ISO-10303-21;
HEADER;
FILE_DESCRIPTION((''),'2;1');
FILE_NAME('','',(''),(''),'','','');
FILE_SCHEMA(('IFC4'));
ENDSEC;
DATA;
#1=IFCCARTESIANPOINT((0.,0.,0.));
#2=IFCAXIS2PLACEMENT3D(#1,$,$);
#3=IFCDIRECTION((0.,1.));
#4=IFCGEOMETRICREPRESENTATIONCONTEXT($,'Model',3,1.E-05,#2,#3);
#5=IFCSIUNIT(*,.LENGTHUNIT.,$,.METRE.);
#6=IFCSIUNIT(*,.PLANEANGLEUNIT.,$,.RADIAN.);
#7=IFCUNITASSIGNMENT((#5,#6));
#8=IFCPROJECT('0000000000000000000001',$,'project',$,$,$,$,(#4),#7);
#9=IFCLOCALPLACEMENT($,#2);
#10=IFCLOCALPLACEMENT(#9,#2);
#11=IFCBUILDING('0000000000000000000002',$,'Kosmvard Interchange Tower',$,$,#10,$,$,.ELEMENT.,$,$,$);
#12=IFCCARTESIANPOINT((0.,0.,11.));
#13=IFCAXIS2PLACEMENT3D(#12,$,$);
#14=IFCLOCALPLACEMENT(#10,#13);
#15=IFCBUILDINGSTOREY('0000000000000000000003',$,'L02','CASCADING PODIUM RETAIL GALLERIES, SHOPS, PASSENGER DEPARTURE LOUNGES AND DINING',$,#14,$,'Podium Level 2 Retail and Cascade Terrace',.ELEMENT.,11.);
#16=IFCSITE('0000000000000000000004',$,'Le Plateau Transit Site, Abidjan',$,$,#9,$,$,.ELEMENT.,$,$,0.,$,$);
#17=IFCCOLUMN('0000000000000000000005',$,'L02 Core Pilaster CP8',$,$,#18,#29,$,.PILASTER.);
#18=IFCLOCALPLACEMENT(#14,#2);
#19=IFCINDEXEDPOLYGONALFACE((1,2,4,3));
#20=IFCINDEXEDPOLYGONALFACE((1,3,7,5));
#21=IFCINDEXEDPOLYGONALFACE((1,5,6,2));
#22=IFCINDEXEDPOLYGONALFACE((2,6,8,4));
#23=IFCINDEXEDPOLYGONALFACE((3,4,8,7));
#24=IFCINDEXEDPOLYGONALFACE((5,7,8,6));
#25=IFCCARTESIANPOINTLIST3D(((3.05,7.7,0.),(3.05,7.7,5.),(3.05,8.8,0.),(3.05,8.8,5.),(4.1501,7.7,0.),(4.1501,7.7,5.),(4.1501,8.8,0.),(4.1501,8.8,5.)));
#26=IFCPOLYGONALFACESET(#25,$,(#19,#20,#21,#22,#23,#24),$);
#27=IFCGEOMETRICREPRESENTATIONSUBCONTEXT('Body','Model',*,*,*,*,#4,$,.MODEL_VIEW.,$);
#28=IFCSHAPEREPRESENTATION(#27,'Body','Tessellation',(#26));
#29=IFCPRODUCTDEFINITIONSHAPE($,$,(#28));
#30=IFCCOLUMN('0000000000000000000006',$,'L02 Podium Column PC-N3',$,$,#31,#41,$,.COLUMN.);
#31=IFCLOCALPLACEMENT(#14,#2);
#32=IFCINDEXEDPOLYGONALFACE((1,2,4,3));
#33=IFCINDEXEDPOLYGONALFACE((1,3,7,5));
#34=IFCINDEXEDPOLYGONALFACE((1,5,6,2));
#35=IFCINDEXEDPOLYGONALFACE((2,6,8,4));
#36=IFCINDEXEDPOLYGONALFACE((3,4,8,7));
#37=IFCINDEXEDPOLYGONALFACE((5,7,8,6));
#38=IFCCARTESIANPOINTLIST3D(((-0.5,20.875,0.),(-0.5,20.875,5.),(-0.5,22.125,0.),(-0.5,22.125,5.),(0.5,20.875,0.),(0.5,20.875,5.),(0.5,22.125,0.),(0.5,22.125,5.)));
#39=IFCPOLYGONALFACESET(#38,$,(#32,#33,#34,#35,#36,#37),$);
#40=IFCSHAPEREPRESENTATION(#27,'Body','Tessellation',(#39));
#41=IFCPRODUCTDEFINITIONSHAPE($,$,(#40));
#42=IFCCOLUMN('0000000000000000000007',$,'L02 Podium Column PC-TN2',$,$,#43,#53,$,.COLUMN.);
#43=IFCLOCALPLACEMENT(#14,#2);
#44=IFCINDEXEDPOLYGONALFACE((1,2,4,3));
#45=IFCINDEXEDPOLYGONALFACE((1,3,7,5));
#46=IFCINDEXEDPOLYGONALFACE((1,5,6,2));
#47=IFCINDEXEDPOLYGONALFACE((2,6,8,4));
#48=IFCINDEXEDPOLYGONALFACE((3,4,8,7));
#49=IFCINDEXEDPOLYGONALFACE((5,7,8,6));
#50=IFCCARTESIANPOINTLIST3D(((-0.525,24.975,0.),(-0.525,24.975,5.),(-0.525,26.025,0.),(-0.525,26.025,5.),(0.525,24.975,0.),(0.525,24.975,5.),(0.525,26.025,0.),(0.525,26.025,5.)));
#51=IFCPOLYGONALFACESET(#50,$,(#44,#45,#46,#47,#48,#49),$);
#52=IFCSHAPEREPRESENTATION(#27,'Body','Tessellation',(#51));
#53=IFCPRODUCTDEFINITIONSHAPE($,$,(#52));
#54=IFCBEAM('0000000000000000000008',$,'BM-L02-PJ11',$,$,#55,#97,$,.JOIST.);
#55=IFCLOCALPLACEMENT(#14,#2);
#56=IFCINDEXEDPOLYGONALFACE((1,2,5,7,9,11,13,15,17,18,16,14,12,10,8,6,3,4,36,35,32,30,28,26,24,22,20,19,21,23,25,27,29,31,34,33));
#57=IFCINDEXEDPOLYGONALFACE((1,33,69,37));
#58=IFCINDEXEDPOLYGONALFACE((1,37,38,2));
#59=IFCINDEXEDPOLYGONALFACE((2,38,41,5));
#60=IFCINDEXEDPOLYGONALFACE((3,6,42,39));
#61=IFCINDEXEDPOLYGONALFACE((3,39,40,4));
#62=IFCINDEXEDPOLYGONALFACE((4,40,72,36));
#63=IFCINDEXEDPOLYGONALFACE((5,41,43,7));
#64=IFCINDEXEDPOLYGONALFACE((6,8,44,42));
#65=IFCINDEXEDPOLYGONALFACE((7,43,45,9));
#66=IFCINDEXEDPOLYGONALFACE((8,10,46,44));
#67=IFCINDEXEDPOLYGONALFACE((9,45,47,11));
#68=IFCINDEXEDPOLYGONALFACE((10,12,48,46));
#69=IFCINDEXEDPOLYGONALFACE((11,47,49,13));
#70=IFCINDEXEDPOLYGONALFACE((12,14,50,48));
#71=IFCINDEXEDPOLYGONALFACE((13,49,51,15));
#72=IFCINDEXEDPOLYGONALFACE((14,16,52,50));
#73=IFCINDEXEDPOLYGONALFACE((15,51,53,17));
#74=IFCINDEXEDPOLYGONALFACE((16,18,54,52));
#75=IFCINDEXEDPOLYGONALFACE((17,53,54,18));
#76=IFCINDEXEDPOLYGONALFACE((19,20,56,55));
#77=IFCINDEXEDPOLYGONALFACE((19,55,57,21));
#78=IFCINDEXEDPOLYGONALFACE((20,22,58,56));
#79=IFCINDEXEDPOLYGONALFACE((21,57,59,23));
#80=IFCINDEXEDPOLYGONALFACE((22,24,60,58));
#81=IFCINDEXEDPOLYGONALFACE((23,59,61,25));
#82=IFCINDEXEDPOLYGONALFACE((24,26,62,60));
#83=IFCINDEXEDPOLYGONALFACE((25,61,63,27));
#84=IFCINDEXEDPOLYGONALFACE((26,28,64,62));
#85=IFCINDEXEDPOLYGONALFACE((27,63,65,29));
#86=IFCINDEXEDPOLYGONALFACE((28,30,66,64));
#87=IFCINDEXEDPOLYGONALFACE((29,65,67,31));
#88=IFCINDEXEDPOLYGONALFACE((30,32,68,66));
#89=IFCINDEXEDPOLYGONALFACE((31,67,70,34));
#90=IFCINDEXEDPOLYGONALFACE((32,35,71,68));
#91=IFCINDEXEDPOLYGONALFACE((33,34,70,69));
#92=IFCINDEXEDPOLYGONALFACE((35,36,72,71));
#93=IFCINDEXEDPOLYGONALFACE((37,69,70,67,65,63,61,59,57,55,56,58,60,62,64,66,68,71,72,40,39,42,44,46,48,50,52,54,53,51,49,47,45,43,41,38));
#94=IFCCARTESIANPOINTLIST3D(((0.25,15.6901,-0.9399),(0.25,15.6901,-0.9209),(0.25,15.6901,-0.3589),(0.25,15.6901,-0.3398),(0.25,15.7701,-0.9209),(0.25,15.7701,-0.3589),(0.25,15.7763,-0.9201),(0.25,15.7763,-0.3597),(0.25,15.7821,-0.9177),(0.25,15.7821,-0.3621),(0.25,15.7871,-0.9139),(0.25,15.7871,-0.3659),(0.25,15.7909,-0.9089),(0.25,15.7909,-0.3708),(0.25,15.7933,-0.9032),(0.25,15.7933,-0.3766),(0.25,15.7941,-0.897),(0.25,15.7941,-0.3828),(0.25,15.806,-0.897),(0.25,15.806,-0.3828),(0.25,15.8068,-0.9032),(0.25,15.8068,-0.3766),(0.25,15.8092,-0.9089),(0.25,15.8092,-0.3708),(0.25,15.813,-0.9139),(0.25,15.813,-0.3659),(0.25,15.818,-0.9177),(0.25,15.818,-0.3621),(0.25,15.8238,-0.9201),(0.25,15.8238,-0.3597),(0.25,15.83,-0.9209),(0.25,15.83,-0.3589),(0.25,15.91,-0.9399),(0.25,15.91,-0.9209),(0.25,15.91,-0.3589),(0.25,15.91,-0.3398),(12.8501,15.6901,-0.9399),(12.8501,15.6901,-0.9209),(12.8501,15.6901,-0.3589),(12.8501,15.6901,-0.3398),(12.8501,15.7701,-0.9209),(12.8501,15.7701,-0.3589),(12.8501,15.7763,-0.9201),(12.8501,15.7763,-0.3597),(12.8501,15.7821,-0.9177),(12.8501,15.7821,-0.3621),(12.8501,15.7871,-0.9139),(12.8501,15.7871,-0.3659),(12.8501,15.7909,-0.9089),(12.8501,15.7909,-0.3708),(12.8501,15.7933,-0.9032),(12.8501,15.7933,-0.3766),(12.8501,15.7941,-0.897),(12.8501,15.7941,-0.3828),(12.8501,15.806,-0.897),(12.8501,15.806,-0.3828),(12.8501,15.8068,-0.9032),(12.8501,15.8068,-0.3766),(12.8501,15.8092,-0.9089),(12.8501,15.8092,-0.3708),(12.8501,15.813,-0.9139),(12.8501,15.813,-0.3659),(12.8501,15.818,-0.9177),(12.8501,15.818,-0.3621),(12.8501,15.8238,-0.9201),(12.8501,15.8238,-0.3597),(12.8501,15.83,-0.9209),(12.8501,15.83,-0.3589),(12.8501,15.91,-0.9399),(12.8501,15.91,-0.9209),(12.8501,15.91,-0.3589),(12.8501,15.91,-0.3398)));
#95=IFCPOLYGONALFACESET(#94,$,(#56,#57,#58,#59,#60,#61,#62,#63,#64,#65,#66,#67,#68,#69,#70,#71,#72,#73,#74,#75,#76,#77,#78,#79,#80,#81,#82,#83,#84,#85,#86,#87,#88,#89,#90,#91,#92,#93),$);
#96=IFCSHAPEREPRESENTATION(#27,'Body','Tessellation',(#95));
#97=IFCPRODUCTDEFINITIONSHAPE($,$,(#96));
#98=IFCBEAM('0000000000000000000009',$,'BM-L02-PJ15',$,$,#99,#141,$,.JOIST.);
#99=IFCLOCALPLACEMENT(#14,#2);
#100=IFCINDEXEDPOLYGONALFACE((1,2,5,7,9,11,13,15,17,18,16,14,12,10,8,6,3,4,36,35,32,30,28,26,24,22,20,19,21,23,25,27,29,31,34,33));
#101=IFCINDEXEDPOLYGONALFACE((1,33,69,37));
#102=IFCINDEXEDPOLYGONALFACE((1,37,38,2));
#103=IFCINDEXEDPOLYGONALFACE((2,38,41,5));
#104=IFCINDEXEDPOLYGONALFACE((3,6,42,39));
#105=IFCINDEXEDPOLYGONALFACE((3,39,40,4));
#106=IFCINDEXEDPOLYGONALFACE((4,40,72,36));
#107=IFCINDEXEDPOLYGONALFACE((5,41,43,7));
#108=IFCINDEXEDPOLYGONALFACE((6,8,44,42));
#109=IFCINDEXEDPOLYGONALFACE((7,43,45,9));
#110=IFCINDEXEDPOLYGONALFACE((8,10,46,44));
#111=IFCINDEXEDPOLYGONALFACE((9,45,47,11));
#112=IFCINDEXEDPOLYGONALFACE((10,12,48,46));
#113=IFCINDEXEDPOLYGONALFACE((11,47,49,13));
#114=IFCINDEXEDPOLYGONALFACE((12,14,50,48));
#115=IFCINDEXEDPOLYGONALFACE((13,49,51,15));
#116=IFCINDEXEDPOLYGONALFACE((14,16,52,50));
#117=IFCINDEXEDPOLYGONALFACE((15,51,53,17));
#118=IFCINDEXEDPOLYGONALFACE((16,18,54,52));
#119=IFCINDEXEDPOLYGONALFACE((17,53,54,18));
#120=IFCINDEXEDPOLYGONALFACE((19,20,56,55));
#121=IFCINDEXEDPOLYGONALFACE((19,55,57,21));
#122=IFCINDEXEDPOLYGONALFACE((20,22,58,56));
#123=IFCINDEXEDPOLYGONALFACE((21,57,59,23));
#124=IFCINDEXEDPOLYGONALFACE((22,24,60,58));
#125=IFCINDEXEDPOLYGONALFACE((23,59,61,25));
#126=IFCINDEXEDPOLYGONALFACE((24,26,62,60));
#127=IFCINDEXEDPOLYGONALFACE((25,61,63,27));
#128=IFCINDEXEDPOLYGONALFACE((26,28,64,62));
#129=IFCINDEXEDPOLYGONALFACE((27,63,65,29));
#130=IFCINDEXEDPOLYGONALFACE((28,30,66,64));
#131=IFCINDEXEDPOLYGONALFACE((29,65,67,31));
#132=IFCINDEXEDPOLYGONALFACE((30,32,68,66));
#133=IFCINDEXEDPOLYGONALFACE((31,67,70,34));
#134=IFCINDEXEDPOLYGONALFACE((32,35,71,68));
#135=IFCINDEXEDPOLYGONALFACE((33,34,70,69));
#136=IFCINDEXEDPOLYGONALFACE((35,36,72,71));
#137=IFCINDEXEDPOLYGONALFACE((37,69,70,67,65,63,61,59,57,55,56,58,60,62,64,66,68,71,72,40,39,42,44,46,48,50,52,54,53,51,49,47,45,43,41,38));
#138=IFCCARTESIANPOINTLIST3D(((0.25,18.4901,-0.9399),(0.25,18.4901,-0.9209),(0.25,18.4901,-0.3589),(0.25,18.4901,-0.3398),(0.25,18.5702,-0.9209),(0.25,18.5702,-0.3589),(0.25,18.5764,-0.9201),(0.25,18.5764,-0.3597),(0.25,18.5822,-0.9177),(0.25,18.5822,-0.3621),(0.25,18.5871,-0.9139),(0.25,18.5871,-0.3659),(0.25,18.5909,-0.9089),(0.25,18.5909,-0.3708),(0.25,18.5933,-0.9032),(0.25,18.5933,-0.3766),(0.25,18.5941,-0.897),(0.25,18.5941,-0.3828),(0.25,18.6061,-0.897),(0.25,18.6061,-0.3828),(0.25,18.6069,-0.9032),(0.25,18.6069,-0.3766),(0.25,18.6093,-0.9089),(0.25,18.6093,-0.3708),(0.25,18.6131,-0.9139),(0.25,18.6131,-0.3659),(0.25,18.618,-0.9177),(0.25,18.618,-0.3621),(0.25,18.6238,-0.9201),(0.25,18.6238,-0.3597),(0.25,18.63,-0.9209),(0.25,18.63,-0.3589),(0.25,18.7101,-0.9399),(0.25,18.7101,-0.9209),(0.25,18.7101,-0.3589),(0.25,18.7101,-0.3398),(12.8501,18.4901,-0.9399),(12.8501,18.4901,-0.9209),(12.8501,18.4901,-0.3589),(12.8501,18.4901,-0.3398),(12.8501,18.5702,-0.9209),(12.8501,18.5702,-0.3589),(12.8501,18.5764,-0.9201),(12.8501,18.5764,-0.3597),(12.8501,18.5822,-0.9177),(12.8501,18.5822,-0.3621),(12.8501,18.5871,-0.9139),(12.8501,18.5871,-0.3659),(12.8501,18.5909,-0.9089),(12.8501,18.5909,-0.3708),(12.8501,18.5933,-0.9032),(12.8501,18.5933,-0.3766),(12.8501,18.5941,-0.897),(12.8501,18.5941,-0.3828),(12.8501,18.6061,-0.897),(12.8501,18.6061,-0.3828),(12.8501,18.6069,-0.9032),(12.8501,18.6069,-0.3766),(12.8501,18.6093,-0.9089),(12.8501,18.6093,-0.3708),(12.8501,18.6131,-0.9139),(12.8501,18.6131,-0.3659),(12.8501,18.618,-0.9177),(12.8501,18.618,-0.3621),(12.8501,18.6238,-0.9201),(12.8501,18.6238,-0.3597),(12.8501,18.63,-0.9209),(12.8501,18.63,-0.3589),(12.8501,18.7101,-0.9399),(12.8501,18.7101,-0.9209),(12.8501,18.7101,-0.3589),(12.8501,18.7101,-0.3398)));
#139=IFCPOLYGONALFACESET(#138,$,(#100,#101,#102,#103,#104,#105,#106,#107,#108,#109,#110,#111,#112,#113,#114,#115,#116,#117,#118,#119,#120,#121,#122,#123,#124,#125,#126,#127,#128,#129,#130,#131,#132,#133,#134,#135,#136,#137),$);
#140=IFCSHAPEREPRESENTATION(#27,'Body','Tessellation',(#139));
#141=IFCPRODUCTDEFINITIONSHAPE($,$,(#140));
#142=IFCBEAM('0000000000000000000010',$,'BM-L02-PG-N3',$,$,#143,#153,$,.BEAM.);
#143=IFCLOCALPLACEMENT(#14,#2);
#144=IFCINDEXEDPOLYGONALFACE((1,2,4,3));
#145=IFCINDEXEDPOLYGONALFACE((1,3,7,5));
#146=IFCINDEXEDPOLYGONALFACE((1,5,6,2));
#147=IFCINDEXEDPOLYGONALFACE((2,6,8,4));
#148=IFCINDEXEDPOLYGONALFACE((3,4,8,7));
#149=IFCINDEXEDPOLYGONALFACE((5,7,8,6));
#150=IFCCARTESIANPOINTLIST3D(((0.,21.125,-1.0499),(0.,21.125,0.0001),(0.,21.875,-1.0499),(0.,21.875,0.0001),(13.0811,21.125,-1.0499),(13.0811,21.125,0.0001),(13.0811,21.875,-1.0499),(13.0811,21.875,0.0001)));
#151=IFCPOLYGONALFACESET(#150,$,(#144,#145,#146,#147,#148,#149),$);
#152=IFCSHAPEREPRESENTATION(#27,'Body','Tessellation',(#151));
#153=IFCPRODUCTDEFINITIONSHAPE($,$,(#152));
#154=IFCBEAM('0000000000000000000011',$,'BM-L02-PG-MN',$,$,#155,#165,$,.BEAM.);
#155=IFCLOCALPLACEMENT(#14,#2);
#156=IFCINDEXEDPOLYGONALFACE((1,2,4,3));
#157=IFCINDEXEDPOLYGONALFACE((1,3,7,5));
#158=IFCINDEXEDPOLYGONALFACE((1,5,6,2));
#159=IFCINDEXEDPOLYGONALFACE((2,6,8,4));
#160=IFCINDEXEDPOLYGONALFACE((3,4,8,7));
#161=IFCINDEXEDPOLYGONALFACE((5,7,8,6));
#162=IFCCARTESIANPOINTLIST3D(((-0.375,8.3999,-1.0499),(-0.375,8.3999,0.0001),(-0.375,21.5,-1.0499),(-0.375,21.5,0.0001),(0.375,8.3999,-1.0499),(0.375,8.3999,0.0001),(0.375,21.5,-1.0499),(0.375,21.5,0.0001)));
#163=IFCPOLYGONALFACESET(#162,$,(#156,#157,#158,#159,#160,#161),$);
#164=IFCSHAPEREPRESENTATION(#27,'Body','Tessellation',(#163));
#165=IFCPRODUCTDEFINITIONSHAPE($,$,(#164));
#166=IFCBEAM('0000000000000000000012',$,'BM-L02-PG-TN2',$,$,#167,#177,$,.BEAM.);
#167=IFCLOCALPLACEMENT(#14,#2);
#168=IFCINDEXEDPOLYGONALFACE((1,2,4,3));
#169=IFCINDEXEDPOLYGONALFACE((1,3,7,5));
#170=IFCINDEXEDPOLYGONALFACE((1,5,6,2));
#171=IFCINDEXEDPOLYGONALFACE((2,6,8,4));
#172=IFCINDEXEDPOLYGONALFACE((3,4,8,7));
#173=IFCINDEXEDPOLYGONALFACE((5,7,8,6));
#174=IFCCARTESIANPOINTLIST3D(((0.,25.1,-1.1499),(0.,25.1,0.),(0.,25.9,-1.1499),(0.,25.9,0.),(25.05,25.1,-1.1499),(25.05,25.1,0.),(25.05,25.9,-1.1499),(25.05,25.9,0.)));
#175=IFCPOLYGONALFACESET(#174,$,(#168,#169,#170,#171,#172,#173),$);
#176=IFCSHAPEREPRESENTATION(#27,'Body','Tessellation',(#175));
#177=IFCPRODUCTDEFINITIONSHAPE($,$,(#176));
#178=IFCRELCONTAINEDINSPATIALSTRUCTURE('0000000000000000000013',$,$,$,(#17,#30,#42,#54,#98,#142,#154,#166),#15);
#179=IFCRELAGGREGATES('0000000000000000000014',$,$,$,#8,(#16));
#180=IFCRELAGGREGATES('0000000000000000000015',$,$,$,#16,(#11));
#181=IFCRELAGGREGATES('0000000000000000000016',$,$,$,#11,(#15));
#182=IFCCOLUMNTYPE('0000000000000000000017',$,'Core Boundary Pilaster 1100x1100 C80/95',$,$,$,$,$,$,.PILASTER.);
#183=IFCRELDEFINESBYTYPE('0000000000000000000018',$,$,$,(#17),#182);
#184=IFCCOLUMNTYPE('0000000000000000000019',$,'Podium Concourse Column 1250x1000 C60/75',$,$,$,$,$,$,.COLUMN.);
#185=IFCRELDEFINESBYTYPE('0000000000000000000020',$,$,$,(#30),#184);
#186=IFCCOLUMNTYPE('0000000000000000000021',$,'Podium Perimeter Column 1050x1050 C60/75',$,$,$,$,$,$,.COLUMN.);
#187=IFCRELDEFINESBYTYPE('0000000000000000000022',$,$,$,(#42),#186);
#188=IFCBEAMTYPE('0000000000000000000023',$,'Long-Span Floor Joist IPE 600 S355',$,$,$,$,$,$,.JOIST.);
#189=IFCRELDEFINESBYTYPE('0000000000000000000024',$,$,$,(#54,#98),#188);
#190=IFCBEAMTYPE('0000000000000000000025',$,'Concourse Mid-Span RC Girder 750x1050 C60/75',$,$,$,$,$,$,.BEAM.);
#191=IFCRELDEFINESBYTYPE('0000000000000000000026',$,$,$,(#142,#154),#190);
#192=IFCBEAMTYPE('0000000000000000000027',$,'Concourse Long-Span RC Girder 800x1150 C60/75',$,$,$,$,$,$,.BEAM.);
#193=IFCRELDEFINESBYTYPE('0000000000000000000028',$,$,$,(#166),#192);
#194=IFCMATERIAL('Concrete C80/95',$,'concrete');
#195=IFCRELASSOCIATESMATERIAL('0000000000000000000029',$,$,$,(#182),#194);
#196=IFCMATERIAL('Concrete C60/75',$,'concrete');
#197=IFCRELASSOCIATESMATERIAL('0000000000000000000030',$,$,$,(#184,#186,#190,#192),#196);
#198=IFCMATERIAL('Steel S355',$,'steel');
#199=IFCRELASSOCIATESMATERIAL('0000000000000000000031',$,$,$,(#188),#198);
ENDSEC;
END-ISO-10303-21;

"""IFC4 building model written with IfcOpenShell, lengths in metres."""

from ifc_helpers import new_model, si_unit, direction, frame, origin, origin_2d, place, context, subcontext, project, spatial, rectangle, i_section, extrude, source, transform, mapped, material, material_profile, profile_set, type_object, element, save


model = new_model("IFC4")

# Units and contexts
model_context = context("Model", 3, precision=1e-05, world=origin(), true_north=direction((0.0, 1.0)))
body_context = subcontext(model_context, "Body", "Model", "MODEL_VIEW")
ifc_project = project(units=[si_unit("LENGTHUNIT", "METRE"), si_unit("PLANEANGLEUNIT", "RADIAN")], contexts=[model_context])

# Site, building, storey
site_placement = place(None, origin())
site = spatial("IfcSite", under=ifc_project, at=site_placement, Name="Le Plateau Transit Site, Abidjan", CompositionType="ELEMENT", RefElevation=0.0)
building_placement = place(site_placement, origin())
building = spatial("IfcBuilding", under=site, at=building_placement, Name="Kosmvard Interchange Tower", CompositionType="ELEMENT")
storey_placement = place(building_placement, frame((0.0, 0.0, 11.0)))
storey = spatial("IfcBuildingStorey", under=building, at=storey_placement, Name="L02", Description="CASCADING PODIUM RETAIL GALLERIES, SHOPS, PASSENGER DEPARTURE LOUNGES AND DINING", LongName="Podium Level 2 Retail and Cascade Terrace", CompositionType="ELEMENT", Elevation=11.0)

# Columns
ifc_material_1 = material(Name="Concrete C80/95", Category="concrete")
ifc_material_profile_1 = material_profile(ifc_material_1, rectangle(XDim=1.1001, YDim=1.1001, at=origin_2d()), Name="CP 1100x1100")
ifc_profile_set_1 = profile_set([ifc_material_profile_1], Name="Concrete C80/95")
column_type_1 = type_object("IfcColumnType", Name="Core Boundary Pilaster 1100x1100 C80/95", PredefinedType="PILASTER", material=ifc_profile_set_1)
shared_shape_1 = source(origin(), body_context, "Body", "SweptSolid", [
    extrude(rectangle(XDim=1.1001, YDim=1.1001, at=origin_2d()), origin(), (0.0, 0.0, 1.0), 5.0),
])
column_1_placement = place(storey_placement, frame((3.6001, 8.25, 0.0), z_axis=(0.0, 0.0, 1.0), x_axis=(1.0, 0.0, 0.0)))
element("IfcColumn", 1, at=column_1_placement, inside=storey, type_object=column_type_1, Name="L02 Core Pilaster CP8", PredefinedType="PILASTER", context=body_context, shape_type="MappedRepresentation", body=[
    mapped(shared_shape_1, transform((0.0, 0.0, 0.0), scale=1.0)),
])
ifc_material_2 = material(Name="Concrete C60/75", Category="concrete")
ifc_material_profile_2 = material_profile(ifc_material_2, rectangle(XDim=1.0, YDim=1.25, at=origin_2d()), Name="PC 1250x1000")
ifc_profile_set_2 = profile_set([ifc_material_profile_2], Name="Concrete C60/75")
column_type_2 = type_object("IfcColumnType", Name="Podium Concourse Column 1250x1000 C60/75", PredefinedType="COLUMN", material=ifc_profile_set_2)
shared_shape_2 = source(origin(), body_context, "Body", "SweptSolid", [
    extrude(rectangle(XDim=1.0, YDim=1.25, at=origin_2d()), origin(), (0.0, 0.0, 1.0), 5.0),
])
column_2_placement = place(storey_placement, frame((0.0, 21.5, 0.0), z_axis=(0.0, 0.0, 1.0), x_axis=(1.0, 0.0, 0.0)))
element("IfcColumn", 2, at=column_2_placement, inside=storey, type_object=column_type_2, Name="L02 Podium Column PC-N3", PredefinedType="COLUMN", context=body_context, shape_type="MappedRepresentation", body=[
    mapped(shared_shape_2, transform((0.0, 0.0, 0.0), scale=1.0)),
])
ifc_material_profile_3 = material_profile(ifc_material_2, rectangle(XDim=1.05, YDim=1.05, at=origin_2d()), Name="PC 1050x1050")
ifc_profile_set_3 = profile_set([ifc_material_profile_3], Name="Concrete C60/75")
column_type_3 = type_object("IfcColumnType", Name="Podium Perimeter Column 1050x1050 C60/75", PredefinedType="COLUMN", material=ifc_profile_set_3)
shared_shape_3 = source(origin(), body_context, "Body", "SweptSolid", [
    extrude(rectangle(XDim=1.05, YDim=1.05, at=origin_2d()), origin(), (0.0, 0.0, 1.0), 5.0),
])
column_3_placement = place(storey_placement, frame((0.0, 25.5, 0.0), z_axis=(0.0, 0.0, 1.0), x_axis=(1.0, 0.0, 0.0)))
element("IfcColumn", 3, at=column_3_placement, inside=storey, type_object=column_type_3, Name="L02 Podium Column PC-TN2", PredefinedType="COLUMN", context=body_context, shape_type="MappedRepresentation", body=[
    mapped(shared_shape_3, transform((0.0, 0.0, 0.0), scale=1.0)),
])

# Beams
ifc_material_3 = material(Name="Steel S355", Category="steel")
ifc_material_profile_4 = material_profile(ifc_material_3, i_section(OverallWidth=0.22, OverallDepth=0.6001, WebThickness=0.012, FlangeThickness=0.019, FilletRadius=0.0239, at=origin_2d()), Name="IPE 600")
ifc_profile_set_4 = profile_set([ifc_material_profile_4], Name="Steel S355")
beam_type_1 = type_object("IfcBeamType", Name="Long-Span Floor Joist IPE 600 S355", PredefinedType="JOIST", material=ifc_profile_set_4)
shared_shape_4 = source(origin(), body_context, "Body", "SweptSolid", [
    extrude(i_section(OverallWidth=0.22, OverallDepth=0.6001, WebThickness=0.012, FlangeThickness=0.019, FilletRadius=0.0239, at=origin_2d()), origin(), (0.0, 0.0, 1.0), 12.6001),
])
for number, where, z_axis, x_axis, name in (
    (4, (0.25, 15.8, -0.6399), (1.0, 0.0, 0.0), (0.0, 1.0, 0.0), "BM-L02-PJ11"),
    (5, (0.25, 18.6001, -0.6399), (1.0, 0.0, 0.0), (0.0, 1.0, 0.0), "BM-L02-PJ15"),
):
    element("IfcBeam", number, at=place(storey_placement, frame(where, z_axis=z_axis, x_axis=x_axis)), inside=storey, type_object=beam_type_1, Name=name, PredefinedType="JOIST", context=body_context, shape_type="MappedRepresentation", body=[
        mapped(shared_shape_4, transform((0.0, 0.0, 0.0), scale=1.0)),
    ])
ifc_material_profile_5 = material_profile(ifc_material_2, rectangle(XDim=0.75, YDim=1.05, at=origin_2d()), Name="RCG 750x1050")
ifc_profile_set_5 = profile_set([ifc_material_profile_5], Name="Concrete C60/75")
beam_type_2 = type_object("IfcBeamType", Name="Concourse Mid-Span RC Girder 750x1050 C60/75", PredefinedType="BEAM", material=ifc_profile_set_5)
shared_shape_5 = source(origin(), body_context, "Body", "SweptSolid", [
    extrude(rectangle(XDim=0.75, YDim=1.05, at=origin_2d()), origin(), (0.0, 0.0, 1.0), 13.0811),
])
beam_1_placement = place(storey_placement, frame((0.0, 21.5, -0.5249), z_axis=(1.0, 0.0, 0.0), x_axis=(0.0, 1.0, 0.0)))
element("IfcBeam", 6, at=beam_1_placement, inside=storey, type_object=beam_type_2, Name="BM-L02-PG-N3", PredefinedType="BEAM", context=body_context, shape_type="MappedRepresentation", body=[
    mapped(shared_shape_5, transform((0.0, 0.0, 0.0), scale=1.0)),
])
shared_shape_6 = source(origin(), body_context, "Body", "SweptSolid", [
    extrude(rectangle(XDim=0.75, YDim=1.05, at=origin_2d()), origin(), (0.0, 0.0, 1.0), 13.1001),
])
beam_2_placement = place(storey_placement, frame((0.0, 21.5, -0.5249), z_axis=(0.0, -1.0, 0.0), x_axis=(1.0, 0.0, 0.0)))
element("IfcBeam", 7, at=beam_2_placement, inside=storey, type_object=beam_type_2, Name="BM-L02-PG-MN", PredefinedType="BEAM", context=body_context, shape_type="MappedRepresentation", body=[
    mapped(shared_shape_6, transform((0.0, 0.0, 0.0), scale=1.0)),
])
ifc_material_profile_6 = material_profile(ifc_material_2, rectangle(XDim=0.8, YDim=1.1499, at=origin_2d()), Name="RCG 800x1150")
ifc_profile_set_6 = profile_set([ifc_material_profile_6], Name="Concrete C60/75")
beam_type_3 = type_object("IfcBeamType", Name="Concourse Long-Span RC Girder 800x1150 C60/75", PredefinedType="BEAM", material=ifc_profile_set_6)
shared_shape_7 = source(origin(), body_context, "Body", "SweptSolid", [
    extrude(rectangle(XDim=0.8, YDim=1.1499, at=origin_2d()), origin(), (0.0, 0.0, 1.0), 25.05),
])
beam_3_placement = place(storey_placement, frame((0.0, 25.5, -0.575), z_axis=(1.0, 0.0, 0.0), x_axis=(0.0, 1.0, 0.0)))
element("IfcBeam", 8, at=beam_3_placement, inside=storey, type_object=beam_type_3, Name="BM-L02-PG-TN2", PredefinedType="BEAM", context=body_context, shape_type="MappedRepresentation", body=[
    mapped(shared_shape_7, transform((0.0, 0.0, 0.0), scale=1.0)),
])

save(model, "model.ifc")
